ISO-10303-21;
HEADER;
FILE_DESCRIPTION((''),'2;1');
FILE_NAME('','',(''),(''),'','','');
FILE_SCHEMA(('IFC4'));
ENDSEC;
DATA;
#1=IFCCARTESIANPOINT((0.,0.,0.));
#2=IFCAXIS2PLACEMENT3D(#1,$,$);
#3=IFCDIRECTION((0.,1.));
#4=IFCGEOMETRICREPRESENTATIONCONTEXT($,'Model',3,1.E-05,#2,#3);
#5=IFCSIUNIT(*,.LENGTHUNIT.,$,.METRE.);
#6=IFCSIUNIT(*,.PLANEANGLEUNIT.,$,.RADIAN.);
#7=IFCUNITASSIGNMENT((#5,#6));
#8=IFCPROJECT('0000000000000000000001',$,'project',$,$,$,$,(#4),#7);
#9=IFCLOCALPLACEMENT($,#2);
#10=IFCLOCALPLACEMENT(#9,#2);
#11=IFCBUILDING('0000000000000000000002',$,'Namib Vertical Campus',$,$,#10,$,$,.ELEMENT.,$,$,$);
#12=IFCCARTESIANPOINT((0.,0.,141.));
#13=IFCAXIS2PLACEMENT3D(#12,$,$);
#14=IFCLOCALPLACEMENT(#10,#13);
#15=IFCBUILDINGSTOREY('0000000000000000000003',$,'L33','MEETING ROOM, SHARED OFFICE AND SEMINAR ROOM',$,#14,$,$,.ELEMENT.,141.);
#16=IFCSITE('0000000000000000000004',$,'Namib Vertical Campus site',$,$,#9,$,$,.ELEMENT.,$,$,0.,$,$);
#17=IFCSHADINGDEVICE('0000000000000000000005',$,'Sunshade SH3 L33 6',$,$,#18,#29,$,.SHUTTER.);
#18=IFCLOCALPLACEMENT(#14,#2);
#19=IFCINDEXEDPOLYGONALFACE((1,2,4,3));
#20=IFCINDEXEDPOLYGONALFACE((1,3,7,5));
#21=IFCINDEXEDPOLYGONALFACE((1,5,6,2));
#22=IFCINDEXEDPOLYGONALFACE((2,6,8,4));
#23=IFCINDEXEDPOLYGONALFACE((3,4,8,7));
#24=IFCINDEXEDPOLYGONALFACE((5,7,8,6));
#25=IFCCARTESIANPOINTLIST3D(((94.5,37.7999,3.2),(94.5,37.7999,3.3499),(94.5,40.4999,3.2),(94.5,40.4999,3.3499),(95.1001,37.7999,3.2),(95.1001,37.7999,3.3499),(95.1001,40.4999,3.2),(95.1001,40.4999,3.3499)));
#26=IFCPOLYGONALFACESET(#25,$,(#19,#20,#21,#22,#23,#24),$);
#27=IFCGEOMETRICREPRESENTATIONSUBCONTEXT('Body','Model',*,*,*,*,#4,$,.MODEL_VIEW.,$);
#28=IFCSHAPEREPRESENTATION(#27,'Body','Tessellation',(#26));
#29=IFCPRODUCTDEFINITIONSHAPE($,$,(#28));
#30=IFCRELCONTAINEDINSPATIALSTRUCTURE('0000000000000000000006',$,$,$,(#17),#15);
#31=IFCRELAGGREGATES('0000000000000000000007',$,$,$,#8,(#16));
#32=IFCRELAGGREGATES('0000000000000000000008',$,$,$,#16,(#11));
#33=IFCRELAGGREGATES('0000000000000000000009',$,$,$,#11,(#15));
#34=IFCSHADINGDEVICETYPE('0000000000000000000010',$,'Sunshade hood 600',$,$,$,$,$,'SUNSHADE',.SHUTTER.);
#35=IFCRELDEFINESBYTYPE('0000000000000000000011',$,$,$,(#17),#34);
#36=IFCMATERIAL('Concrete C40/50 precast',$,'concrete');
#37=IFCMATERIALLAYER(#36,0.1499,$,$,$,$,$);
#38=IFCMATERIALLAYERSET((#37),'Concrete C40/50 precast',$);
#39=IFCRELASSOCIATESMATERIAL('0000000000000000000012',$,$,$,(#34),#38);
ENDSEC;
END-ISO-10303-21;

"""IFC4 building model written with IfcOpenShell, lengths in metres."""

from ifc_helpers import new_model, si_unit, direction, frame, origin, origin_2d, place, context, subcontext, project, spatial, rectangle, extrude, material, layer, layer_set, type_object, element, save


model = new_model("IFC4")

# Units and contexts
model_context = context("Model", 3, precision=1e-05, world=origin(), true_north=direction((0.0, 1.0)))
body_context = subcontext(model_context, "Body", "Model", "MODEL_VIEW")
ifc_project = project(units=[si_unit("LENGTHUNIT", "METRE"), si_unit("PLANEANGLEUNIT", "RADIAN")], contexts=[model_context])

# Site, building, storey
site_placement = place(None, origin())
site = spatial("IfcSite", under=ifc_project, at=site_placement, Name="Namib Vertical Campus site", CompositionType="ELEMENT", RefElevation=0.0)
building_placement = place(site_placement, origin())
building = spatial("IfcBuilding", under=site, at=building_placement, Name="Namib Vertical Campus", CompositionType="ELEMENT")
storey_placement = place(building_placement, frame((0.0, 0.0, 141.0)))
storey = spatial("IfcBuildingStorey", under=building, at=storey_placement, Name="L33", Description="MEETING ROOM, SHARED OFFICE AND SEMINAR ROOM", CompositionType="ELEMENT", Elevation=141.0)

# Shading device
ifc_material_1 = material(Name="Concrete C40/50 precast", Category="concrete")
ifc_layer_1 = layer(ifc_material_1, 0.1499)
ifc_layer_set_1 = layer_set([ifc_layer_1], Name="Concrete C40/50 precast")
shading_device_type = type_object("IfcShadingDeviceType", Name="Sunshade hood 600", ElementType="SUNSHADE", PredefinedType="SHUTTER", material=ifc_layer_set_1)
shading_device_placement = place(storey_placement, frame((94.8, 39.1499, 3.2), z_axis=(0.0, 0.0, 1.0), x_axis=(0.0, 1.0, 0.0)))
element("IfcShadingDevice", 1, at=shading_device_placement, inside=storey, type_object=shading_device_type, Name="Sunshade SH3 L33 6", PredefinedType="SHUTTER", context=body_context, shape_type="SweptSolid", body=[
    extrude(rectangle(XDim=2.7, YDim=0.6001, at=origin_2d()), origin(), (0.0, 0.0, 1.0), 0.1499),
])

save(model, "model.ifc")
